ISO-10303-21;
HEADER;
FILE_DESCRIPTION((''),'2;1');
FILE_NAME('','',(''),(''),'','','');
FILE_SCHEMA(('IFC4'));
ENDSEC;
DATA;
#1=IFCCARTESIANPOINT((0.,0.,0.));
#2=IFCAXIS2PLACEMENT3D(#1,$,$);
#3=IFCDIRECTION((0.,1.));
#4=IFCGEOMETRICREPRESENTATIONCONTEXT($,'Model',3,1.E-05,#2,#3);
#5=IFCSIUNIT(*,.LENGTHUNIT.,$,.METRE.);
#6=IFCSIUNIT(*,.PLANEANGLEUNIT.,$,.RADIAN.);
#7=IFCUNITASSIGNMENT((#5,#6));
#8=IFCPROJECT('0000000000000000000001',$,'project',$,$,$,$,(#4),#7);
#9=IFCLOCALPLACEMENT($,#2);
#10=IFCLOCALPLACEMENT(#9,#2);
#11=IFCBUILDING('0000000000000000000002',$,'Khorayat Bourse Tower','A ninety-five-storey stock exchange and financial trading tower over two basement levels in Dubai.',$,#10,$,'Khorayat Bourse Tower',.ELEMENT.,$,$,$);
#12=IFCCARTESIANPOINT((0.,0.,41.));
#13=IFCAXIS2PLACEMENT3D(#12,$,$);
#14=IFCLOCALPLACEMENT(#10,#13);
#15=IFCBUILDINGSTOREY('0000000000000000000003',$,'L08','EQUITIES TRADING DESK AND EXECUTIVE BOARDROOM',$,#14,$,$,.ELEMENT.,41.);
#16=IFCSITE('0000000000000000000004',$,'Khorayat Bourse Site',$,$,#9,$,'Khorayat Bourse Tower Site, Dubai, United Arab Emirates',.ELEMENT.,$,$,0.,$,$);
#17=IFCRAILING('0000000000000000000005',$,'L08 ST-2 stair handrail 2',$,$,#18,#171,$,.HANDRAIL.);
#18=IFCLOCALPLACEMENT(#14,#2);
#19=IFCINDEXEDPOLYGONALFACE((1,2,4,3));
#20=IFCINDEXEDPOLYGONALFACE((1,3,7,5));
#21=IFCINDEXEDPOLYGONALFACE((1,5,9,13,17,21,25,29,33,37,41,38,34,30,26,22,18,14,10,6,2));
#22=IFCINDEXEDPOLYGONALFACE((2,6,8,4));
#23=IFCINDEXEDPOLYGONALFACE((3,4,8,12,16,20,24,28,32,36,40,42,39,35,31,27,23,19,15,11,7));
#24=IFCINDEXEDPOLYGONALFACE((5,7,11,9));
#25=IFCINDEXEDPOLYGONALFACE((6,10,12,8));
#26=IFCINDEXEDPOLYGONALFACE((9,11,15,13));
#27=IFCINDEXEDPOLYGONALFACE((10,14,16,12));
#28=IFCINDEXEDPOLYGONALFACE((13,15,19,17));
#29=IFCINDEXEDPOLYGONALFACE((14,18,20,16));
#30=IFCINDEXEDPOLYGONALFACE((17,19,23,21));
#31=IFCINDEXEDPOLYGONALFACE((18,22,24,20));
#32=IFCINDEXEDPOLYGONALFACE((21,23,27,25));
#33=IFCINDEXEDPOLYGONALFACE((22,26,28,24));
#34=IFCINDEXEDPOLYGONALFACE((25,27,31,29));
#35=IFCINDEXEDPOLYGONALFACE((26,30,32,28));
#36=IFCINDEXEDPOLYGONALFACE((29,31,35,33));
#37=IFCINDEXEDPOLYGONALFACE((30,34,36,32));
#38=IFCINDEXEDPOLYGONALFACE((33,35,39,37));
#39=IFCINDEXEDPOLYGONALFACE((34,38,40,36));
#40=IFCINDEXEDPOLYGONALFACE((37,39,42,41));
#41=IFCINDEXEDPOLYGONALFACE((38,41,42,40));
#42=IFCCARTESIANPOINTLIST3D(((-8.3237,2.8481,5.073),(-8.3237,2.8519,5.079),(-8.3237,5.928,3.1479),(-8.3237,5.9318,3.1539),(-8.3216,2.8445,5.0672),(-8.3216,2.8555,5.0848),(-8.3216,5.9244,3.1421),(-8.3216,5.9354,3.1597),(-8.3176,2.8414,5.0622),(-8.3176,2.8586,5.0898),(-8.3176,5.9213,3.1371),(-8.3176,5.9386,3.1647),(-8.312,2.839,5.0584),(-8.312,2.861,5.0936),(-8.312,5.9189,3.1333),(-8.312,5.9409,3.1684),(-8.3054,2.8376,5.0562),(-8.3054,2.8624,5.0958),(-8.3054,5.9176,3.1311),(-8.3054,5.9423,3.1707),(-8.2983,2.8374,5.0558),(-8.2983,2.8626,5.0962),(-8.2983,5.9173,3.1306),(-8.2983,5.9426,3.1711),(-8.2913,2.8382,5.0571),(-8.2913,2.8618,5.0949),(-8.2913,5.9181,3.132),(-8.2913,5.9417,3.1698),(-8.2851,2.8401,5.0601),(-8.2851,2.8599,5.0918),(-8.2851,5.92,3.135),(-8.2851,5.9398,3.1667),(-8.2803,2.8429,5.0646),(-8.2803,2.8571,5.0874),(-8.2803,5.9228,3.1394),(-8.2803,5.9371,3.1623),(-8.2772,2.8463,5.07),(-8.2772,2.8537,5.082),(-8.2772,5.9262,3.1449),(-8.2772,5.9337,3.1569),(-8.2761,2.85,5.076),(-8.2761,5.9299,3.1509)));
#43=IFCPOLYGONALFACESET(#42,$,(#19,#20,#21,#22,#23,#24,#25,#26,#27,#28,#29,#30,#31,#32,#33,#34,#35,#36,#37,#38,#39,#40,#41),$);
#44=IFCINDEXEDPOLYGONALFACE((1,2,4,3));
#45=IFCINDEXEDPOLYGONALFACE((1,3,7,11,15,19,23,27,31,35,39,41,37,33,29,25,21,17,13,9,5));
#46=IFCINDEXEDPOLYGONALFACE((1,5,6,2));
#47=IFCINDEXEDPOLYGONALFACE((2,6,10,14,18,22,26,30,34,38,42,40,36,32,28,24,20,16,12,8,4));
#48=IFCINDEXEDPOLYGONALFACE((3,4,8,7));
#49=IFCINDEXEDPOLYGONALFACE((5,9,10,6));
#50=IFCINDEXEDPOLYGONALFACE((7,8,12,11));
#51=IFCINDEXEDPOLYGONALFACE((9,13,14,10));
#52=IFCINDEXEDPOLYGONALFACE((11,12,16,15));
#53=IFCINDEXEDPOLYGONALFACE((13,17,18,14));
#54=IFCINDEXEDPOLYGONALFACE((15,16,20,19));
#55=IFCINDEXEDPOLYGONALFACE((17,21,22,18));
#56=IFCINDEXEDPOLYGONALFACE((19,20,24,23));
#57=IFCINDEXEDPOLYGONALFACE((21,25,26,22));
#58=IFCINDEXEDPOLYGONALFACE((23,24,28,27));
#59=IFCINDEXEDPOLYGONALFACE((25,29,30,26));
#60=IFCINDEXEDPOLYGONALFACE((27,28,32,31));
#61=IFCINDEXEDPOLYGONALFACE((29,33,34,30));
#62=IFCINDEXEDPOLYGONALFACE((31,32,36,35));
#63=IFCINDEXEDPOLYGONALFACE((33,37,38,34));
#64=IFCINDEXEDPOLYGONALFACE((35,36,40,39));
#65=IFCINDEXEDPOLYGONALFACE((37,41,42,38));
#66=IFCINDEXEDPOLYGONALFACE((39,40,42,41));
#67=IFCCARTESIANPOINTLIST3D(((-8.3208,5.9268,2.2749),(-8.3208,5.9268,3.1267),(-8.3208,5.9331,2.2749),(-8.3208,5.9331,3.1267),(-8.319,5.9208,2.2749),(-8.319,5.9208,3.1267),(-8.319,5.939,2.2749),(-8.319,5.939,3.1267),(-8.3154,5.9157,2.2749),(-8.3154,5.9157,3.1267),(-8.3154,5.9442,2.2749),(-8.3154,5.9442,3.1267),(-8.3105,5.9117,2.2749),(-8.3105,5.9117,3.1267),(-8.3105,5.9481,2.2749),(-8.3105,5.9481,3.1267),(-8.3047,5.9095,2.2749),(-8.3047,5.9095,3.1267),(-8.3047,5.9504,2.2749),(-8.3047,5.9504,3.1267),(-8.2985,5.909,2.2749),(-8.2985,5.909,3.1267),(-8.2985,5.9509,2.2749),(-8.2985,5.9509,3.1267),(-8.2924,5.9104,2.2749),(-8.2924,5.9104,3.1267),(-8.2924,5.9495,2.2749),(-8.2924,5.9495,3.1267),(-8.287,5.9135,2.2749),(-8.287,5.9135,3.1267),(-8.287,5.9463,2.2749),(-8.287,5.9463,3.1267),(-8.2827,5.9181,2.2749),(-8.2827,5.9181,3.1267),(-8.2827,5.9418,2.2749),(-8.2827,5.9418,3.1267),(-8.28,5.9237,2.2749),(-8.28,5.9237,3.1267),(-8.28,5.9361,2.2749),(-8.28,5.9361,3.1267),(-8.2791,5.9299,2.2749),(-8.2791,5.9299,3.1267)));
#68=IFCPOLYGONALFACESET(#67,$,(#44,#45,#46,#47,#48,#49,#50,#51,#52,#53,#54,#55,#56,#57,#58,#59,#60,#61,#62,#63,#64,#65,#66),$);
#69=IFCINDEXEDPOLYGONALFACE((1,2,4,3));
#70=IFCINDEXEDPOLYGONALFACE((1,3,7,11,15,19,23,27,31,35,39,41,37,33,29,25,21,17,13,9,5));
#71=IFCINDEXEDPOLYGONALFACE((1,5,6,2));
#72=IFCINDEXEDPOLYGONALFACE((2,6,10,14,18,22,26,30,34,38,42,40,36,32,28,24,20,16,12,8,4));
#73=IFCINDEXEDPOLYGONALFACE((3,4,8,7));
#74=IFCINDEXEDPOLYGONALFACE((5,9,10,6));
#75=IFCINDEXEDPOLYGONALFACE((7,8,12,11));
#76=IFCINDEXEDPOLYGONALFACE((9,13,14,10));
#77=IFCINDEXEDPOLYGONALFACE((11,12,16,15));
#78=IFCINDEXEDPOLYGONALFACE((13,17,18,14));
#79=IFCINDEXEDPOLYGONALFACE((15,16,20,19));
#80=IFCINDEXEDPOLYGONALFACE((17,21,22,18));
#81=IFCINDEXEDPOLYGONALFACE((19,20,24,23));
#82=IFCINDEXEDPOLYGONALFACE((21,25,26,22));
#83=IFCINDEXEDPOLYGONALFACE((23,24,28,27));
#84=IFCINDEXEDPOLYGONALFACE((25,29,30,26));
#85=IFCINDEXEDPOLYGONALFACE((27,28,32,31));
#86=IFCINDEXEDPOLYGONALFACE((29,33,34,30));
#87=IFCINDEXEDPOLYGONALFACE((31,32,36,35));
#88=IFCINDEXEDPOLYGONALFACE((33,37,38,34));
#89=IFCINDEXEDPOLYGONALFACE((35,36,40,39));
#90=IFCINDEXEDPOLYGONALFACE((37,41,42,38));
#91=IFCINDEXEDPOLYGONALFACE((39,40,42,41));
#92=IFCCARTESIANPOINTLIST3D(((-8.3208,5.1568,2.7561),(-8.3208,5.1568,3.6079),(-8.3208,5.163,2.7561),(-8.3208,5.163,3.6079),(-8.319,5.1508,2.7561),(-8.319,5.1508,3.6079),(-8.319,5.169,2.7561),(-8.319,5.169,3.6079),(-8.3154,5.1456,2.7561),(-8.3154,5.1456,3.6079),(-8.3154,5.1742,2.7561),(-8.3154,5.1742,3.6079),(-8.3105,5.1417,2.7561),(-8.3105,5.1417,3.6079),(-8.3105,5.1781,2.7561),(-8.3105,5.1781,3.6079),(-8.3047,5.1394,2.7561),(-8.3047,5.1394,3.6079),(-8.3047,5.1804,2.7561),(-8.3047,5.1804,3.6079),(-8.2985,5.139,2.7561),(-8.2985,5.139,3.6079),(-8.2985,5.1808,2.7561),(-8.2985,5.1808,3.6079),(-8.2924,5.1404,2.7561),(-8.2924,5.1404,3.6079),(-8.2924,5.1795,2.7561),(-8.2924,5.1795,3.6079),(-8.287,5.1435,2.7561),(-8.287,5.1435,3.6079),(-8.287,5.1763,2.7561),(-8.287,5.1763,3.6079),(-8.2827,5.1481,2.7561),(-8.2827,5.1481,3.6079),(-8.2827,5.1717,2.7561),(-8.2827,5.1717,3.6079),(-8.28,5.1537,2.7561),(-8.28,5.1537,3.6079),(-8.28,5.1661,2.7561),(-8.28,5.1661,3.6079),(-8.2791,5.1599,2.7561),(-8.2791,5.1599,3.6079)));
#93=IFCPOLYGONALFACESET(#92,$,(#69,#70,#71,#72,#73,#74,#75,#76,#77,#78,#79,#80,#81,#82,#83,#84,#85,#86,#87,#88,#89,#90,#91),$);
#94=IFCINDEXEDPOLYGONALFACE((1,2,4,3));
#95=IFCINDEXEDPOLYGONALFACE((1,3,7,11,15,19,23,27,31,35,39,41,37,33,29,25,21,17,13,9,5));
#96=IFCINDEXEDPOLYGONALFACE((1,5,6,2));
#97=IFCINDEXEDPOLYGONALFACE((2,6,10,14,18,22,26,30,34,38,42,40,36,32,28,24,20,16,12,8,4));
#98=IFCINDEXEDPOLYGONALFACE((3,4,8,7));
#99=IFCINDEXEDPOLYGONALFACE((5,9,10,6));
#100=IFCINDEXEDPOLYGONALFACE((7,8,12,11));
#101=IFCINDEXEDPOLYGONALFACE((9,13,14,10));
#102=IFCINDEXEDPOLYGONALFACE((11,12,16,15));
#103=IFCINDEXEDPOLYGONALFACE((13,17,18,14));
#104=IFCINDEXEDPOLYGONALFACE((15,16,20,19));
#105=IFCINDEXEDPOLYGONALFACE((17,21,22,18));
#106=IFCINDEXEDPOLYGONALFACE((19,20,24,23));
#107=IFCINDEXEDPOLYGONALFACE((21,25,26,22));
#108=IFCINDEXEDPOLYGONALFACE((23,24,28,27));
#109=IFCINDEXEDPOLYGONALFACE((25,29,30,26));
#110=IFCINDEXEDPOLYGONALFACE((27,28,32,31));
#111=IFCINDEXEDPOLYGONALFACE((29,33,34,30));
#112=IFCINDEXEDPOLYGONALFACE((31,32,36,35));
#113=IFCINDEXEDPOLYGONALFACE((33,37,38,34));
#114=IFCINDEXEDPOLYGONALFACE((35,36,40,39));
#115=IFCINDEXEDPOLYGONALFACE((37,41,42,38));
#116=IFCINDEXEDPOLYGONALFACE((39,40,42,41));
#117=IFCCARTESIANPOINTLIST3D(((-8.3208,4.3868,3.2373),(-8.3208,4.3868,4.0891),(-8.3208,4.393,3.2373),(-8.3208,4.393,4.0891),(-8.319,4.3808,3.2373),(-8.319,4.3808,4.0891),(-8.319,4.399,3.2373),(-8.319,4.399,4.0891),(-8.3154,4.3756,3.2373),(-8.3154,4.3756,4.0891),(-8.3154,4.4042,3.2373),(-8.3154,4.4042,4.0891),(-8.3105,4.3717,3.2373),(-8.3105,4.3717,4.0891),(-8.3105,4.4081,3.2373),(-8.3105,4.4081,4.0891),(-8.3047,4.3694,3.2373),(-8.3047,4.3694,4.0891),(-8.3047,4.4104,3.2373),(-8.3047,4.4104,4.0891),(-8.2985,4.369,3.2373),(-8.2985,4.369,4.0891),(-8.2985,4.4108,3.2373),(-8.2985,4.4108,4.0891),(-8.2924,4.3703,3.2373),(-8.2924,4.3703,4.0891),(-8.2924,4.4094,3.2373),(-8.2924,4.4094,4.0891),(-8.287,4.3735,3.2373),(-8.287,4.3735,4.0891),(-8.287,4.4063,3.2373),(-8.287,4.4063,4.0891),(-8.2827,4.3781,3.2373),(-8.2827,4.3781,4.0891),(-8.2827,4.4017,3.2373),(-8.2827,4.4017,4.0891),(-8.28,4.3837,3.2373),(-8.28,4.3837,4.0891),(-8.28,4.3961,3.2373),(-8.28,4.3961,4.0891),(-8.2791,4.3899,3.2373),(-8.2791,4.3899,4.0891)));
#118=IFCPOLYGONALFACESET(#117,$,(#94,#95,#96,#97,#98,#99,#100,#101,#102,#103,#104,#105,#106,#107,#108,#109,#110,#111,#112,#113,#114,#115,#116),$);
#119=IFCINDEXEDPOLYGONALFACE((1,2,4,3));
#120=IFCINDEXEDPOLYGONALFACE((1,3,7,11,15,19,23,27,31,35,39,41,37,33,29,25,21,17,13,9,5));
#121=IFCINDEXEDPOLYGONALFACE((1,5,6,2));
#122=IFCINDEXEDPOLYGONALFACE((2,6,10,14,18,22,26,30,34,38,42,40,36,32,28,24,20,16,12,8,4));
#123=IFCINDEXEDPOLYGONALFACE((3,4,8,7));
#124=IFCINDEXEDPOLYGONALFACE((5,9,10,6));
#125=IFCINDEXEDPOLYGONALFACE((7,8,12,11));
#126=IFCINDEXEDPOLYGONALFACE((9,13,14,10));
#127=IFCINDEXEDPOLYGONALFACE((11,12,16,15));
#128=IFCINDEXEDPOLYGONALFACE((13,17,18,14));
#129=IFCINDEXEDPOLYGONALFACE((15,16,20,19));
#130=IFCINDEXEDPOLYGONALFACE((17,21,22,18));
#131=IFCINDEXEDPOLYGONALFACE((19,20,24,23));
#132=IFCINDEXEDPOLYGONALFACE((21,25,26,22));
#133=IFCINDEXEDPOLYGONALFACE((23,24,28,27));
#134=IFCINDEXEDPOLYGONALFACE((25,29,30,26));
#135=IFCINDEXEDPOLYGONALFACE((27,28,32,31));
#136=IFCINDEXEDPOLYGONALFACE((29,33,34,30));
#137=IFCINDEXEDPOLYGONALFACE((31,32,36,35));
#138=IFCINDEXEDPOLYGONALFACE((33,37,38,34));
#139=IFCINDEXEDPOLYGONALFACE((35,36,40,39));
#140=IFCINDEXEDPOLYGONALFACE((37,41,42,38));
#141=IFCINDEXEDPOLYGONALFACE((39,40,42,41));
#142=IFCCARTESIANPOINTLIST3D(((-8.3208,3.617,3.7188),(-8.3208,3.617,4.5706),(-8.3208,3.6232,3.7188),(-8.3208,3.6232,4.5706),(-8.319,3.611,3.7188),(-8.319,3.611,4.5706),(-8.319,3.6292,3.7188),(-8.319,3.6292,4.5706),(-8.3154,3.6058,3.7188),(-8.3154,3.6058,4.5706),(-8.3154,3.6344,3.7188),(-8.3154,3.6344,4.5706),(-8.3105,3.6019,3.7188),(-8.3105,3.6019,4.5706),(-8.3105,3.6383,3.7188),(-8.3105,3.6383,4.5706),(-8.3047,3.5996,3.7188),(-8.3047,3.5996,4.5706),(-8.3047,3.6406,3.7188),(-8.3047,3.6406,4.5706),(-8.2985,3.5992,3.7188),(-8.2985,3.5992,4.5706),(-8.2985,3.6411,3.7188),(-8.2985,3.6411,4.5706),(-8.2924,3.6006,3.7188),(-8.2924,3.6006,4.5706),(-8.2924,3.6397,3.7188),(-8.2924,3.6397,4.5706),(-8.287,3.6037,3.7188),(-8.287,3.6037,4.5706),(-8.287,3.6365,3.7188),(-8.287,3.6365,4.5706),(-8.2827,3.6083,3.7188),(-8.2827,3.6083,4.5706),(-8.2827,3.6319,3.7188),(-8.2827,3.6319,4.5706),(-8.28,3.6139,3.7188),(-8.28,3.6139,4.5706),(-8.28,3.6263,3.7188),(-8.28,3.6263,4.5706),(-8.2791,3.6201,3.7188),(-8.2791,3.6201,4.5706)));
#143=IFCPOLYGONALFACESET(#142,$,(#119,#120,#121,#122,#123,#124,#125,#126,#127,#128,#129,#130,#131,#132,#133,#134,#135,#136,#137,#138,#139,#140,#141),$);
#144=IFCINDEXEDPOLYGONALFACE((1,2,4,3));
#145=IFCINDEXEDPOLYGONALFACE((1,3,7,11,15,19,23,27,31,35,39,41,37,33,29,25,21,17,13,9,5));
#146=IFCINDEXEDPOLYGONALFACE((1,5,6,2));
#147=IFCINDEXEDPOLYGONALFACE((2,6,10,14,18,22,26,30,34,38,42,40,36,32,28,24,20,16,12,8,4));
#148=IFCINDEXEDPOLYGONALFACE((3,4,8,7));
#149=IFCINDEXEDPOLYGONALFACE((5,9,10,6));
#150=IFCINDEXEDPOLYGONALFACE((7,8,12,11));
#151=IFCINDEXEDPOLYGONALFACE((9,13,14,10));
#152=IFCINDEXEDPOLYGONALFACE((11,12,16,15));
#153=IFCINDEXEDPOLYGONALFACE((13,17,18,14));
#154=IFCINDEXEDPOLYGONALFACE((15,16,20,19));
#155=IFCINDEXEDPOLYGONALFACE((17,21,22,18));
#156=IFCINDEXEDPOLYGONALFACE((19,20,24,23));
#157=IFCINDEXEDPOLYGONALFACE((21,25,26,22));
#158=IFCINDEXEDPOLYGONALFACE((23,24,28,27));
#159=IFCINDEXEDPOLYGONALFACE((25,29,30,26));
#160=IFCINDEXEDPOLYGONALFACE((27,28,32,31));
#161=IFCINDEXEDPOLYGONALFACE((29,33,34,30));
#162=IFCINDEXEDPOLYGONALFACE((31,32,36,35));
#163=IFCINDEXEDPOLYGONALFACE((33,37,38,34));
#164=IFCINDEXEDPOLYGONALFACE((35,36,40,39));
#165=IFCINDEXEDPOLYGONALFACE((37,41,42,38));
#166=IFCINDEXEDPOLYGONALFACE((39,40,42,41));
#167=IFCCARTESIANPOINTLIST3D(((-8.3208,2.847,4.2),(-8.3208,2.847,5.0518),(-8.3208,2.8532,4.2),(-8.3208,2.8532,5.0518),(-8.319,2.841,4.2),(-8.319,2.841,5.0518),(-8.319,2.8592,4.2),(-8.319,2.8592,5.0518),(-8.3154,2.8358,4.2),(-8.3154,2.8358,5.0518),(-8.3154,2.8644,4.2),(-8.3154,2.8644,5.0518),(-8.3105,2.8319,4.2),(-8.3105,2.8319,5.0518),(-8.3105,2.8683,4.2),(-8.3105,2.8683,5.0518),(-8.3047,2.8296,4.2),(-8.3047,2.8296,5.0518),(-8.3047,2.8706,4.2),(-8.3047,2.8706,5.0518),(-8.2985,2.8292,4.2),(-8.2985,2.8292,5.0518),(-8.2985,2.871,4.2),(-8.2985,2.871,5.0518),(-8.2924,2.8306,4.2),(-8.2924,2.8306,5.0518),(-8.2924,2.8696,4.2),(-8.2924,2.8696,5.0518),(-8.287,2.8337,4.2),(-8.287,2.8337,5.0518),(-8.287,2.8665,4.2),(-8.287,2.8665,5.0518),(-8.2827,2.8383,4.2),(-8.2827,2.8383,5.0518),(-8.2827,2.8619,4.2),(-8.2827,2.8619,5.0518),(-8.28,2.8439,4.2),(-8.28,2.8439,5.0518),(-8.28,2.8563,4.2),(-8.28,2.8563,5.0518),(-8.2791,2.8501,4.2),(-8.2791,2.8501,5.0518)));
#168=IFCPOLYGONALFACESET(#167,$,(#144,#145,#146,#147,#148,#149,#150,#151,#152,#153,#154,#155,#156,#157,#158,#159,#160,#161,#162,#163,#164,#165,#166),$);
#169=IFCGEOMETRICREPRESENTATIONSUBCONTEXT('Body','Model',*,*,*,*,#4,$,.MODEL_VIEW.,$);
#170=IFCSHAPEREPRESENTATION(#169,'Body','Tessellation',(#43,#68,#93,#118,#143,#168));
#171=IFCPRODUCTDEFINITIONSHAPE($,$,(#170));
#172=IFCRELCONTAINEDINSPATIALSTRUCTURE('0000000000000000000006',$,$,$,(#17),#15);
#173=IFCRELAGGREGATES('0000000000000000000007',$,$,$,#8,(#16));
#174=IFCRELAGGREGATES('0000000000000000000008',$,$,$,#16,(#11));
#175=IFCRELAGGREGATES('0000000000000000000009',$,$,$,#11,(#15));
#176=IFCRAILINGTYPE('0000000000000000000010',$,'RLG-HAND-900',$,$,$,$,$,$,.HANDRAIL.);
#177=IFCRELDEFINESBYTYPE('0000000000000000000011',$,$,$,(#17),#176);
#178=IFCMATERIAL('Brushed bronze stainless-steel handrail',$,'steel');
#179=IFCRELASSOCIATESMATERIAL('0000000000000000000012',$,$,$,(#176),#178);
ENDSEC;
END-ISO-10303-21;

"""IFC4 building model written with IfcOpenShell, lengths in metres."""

from ifc_helpers import new_model, si_unit, direction, frame, origin, origin_2d, place, context, subcontext, project, spatial, circle, extrude, source, transform, mapped, material, type_object, element, save


model = new_model("IFC4")

# Units and contexts
model_context = context("Model", 3, precision=1e-05, world=origin(), true_north=direction((0.0, 1.0)))
body_context = subcontext(model_context, "Body", "Model", "MODEL_VIEW")
ifc_project = project(units=[si_unit("LENGTHUNIT", "METRE"), si_unit("PLANEANGLEUNIT", "RADIAN")], contexts=[model_context])

# Site, building, storey
site_placement = place(None, origin())
site = spatial("IfcSite", under=ifc_project, at=site_placement, Name="Khorayat Bourse Site", LongName="Khorayat Bourse Tower Site, Dubai, United Arab Emirates", CompositionType="ELEMENT", RefElevation=0.0)
building_placement = place(site_placement, origin())
building = spatial("IfcBuilding", under=site, at=building_placement, Name="Khorayat Bourse Tower", Description="A ninety-five-storey stock exchange and financial trading tower over two basement levels in Dubai.", LongName="Khorayat Bourse Tower", CompositionType="ELEMENT")
storey_placement = place(building_placement, frame((0.0, 0.0, 41.0)))
storey = spatial("IfcBuildingStorey", under=building, at=storey_placement, Name="L08", Description="EQUITIES TRADING DESK AND EXECUTIVE BOARDROOM", CompositionType="ELEMENT", Elevation=41.0)

# Railing
ifc_material_1 = material(Name="Brushed bronze stainless-steel handrail", Category="steel")
railing_type_1 = type_object("IfcRailingType", Name="RLG-HAND-900", PredefinedType="HANDRAIL", material=ifc_material_1)
shared_shape_1 = source(origin(), body_context, "Body", "SweptSolid", [
    extrude(circle(Radius=0.0239, at=origin_2d()), frame((0.0, 0.0, 0.876), z_axis=(0.0, -0.847979, 0.530029), x_axis=(1.0, 0.0, 0.0)), (0.0, 0.0, 1.0), 3.6321),
    extrude(circle(Radius=0.021, at=origin_2d()), origin(), (0.0, 0.0, 1.0), 0.8518),
    extrude(circle(Radius=0.021, at=origin_2d()), frame((0.0, -0.77, 0.4812)), (0.0, 0.0, 1.0), 0.8518),
    extrude(circle(Radius=0.021, at=origin_2d()), frame((0.0, -1.54, 0.9624)), (0.0, 0.0, 1.0), 0.8518),
    extrude(circle(Radius=0.021, at=origin_2d()), frame((0.0, -2.3098, 1.4438)), (0.0, 0.0, 1.0), 0.8518),
    extrude(circle(Radius=0.021, at=origin_2d()), frame((0.0, -3.0798, 1.925)), (0.0, 0.0, 1.0), 0.8518),
])
railing_1_placement = place(storey_placement, frame((-8.3, 5.9299, 2.2749)))
element("IfcRailing", 1, at=railing_1_placement, inside=storey, type_object=railing_type_1, Name="L08 ST-2 stair handrail 2", PredefinedType="HANDRAIL", context=body_context, shape_type="MappedRepresentation", body=[
    mapped(shared_shape_1, transform((0.0, 0.0, 0.0), scale=1.0)),
])

save(model, "model.ifc")
